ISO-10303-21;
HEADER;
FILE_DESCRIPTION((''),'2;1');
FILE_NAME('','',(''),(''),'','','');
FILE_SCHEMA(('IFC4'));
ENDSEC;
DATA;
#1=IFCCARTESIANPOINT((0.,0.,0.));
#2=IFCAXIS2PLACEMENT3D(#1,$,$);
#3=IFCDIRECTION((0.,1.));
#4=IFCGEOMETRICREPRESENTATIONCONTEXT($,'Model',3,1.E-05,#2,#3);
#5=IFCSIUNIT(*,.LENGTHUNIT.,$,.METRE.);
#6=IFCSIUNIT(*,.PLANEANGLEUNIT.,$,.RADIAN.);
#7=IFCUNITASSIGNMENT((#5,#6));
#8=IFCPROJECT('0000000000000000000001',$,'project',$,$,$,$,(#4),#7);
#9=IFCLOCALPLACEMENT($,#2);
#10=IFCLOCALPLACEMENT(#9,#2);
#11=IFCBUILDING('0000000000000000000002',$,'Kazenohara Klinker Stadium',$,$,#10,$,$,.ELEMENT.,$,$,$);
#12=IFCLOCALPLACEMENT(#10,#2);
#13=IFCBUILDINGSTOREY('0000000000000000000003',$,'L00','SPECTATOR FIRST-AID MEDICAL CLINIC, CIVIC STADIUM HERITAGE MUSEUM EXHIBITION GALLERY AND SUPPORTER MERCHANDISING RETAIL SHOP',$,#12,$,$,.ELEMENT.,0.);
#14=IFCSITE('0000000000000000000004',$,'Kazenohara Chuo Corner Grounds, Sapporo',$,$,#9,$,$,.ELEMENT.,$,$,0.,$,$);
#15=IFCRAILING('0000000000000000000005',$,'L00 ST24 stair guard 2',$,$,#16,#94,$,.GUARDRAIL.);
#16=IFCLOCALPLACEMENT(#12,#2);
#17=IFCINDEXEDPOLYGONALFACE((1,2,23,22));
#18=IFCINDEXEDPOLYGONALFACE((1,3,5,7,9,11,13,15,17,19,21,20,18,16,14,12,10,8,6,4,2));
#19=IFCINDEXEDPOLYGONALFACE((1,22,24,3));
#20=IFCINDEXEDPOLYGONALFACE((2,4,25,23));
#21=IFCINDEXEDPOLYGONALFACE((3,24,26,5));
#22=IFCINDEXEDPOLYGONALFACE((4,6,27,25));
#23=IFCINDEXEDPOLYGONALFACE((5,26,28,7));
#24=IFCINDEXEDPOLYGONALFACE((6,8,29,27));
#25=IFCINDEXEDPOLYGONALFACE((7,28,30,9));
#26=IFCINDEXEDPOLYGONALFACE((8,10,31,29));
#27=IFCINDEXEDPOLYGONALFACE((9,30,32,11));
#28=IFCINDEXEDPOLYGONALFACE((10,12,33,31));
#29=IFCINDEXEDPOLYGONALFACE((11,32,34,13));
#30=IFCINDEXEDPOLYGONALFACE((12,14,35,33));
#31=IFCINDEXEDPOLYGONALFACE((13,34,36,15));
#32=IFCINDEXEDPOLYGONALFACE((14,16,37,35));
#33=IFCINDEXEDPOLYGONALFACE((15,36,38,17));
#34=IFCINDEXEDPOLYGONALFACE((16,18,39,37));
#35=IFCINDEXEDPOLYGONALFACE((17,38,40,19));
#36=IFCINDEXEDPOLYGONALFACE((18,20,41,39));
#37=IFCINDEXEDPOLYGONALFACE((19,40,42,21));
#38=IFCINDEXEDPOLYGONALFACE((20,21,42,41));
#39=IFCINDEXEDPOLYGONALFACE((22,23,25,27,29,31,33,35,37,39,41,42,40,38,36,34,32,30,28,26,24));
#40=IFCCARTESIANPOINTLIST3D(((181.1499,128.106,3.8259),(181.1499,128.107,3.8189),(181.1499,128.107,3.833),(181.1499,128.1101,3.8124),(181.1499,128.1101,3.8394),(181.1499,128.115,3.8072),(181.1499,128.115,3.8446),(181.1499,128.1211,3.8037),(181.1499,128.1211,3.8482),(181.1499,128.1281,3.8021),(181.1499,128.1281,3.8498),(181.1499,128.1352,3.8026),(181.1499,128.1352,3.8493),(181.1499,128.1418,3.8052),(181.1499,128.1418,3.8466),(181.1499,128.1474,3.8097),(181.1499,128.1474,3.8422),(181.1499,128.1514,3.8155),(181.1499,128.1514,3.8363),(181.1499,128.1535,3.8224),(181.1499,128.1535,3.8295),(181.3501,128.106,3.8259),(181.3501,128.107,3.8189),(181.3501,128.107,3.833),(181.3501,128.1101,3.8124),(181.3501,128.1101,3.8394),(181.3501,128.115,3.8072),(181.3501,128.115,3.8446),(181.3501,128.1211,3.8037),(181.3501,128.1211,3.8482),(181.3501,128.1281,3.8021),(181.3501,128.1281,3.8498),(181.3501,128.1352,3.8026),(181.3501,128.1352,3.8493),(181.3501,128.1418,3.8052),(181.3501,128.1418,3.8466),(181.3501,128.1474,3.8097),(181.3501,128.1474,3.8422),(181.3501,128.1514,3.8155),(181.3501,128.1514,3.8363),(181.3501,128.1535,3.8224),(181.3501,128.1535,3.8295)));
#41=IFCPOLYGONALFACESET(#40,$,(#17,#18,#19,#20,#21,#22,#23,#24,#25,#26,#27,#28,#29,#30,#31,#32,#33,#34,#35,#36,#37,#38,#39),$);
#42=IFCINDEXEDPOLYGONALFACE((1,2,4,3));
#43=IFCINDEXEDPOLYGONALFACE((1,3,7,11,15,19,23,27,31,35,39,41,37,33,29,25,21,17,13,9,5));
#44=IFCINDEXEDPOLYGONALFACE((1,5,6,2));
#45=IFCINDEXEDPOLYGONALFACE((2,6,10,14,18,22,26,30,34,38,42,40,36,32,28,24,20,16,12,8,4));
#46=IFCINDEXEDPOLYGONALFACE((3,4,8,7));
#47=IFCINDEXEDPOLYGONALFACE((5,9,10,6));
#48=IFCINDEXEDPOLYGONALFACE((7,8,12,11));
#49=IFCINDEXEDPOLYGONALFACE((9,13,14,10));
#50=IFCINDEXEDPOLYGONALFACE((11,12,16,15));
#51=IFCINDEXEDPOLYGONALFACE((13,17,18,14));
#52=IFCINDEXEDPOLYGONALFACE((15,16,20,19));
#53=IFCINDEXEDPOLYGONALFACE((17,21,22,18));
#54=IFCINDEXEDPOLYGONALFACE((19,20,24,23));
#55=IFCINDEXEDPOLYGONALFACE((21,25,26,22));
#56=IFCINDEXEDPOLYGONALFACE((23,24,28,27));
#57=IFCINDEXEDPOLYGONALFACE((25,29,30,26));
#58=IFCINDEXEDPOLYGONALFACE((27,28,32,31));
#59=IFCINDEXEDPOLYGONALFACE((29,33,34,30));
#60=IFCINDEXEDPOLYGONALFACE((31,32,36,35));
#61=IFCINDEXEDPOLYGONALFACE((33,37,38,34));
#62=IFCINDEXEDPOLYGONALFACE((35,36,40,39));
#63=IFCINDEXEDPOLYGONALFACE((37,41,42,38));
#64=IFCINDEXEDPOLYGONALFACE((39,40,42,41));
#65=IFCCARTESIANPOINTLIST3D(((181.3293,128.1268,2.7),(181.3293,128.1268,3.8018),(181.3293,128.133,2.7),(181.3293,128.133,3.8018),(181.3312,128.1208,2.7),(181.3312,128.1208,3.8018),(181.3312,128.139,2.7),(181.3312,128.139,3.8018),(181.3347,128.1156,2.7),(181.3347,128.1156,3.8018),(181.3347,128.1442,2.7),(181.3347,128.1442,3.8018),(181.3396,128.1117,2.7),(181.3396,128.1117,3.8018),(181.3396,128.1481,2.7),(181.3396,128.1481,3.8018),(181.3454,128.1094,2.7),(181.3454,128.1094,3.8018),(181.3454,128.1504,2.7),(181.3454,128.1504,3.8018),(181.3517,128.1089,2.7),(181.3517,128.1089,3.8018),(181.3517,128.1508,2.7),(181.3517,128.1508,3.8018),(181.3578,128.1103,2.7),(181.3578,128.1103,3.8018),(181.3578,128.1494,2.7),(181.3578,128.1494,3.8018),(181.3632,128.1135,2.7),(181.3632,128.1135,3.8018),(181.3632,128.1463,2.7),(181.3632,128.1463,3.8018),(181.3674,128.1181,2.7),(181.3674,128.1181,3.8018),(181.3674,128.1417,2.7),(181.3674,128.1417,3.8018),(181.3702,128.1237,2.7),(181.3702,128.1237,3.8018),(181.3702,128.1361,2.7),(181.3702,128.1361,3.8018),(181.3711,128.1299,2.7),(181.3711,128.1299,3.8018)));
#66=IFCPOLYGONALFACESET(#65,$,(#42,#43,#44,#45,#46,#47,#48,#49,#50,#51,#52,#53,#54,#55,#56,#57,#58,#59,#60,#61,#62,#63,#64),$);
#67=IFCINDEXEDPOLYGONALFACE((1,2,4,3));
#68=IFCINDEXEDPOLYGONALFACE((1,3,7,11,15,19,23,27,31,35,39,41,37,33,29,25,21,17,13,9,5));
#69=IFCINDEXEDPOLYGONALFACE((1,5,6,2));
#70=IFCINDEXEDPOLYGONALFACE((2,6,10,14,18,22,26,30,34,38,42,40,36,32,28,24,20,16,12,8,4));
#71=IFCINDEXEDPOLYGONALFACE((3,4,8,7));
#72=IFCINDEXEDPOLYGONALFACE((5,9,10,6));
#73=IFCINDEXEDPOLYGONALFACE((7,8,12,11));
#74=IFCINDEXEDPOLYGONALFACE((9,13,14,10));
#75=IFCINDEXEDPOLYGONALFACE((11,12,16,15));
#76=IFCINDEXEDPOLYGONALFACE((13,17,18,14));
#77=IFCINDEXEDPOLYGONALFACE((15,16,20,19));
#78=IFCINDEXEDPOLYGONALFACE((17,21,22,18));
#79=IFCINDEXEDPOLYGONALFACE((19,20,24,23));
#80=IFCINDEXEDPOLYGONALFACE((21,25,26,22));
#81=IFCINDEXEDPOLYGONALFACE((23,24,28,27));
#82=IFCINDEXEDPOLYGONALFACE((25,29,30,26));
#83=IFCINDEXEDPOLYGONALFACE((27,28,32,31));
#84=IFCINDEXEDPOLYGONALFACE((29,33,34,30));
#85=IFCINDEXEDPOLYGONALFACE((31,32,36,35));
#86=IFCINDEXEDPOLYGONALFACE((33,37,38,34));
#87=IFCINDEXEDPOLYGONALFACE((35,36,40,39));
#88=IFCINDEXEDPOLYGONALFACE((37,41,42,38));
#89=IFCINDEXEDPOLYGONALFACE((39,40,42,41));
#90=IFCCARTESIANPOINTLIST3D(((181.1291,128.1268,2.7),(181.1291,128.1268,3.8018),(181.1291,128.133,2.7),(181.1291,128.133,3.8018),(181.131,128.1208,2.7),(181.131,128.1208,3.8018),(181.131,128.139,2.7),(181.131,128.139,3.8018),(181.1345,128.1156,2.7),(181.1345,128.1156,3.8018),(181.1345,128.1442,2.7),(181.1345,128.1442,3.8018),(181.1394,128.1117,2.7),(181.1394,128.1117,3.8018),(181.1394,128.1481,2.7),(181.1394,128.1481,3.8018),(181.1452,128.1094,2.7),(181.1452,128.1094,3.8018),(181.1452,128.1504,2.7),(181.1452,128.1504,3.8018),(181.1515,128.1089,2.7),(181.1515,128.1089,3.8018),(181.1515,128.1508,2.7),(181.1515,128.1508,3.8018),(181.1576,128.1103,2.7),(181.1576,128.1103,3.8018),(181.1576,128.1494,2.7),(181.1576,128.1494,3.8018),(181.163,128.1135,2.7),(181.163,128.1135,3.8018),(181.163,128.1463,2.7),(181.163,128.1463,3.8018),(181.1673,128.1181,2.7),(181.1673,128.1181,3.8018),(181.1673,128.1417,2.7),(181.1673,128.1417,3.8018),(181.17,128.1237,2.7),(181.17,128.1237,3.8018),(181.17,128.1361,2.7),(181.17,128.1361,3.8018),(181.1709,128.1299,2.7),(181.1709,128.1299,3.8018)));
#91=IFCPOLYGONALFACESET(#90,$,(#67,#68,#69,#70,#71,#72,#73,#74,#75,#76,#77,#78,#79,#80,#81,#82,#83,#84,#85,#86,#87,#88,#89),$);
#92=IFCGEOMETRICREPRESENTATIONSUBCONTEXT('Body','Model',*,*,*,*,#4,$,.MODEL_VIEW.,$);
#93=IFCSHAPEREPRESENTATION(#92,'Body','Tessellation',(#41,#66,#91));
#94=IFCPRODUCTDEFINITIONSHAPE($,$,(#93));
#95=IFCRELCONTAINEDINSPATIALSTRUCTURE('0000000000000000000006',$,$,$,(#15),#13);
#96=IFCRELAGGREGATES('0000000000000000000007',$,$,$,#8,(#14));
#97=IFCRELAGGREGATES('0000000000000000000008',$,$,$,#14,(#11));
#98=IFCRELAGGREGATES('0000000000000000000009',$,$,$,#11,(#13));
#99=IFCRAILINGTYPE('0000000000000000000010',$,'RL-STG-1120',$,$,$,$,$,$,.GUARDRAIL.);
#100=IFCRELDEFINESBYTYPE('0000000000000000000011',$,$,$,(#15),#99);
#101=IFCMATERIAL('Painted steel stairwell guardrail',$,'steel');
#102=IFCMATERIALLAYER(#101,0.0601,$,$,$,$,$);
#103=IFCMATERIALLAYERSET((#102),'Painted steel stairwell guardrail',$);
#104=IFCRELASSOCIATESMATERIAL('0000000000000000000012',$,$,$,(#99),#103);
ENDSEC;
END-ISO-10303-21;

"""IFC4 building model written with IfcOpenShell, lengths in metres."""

from ifc_helpers import new_model, si_unit, direction, frame, origin, origin_2d, place, context, subcontext, project, spatial, circle, extrude, material, layer, layer_set, type_object, element, save


model = new_model("IFC4")

# Units and contexts
model_context = context("Model", 3, precision=1e-05, world=origin(), true_north=direction((0.0, 1.0)))
body_context = subcontext(model_context, "Body", "Model", "MODEL_VIEW")
ifc_project = project(units=[si_unit("LENGTHUNIT", "METRE"), si_unit("PLANEANGLEUNIT", "RADIAN")], contexts=[model_context])

# Site, building, storey
site_placement = place(None, origin())
site = spatial("IfcSite", under=ifc_project, at=site_placement, Name="Kazenohara Chuo Corner Grounds, Sapporo", CompositionType="ELEMENT", RefElevation=0.0)
building_placement = place(site_placement, origin())
building = spatial("IfcBuilding", under=site, at=building_placement, Name="Kazenohara Klinker Stadium", CompositionType="ELEMENT")
storey_placement = place(building_placement, origin())
storey = spatial("IfcBuildingStorey", under=building, at=storey_placement, Name="L00", Description="SPECTATOR FIRST-AID MEDICAL CLINIC, CIVIC STADIUM HERITAGE MUSEUM EXHIBITION GALLERY AND SUPPORTER MERCHANDISING RETAIL SHOP", CompositionType="ELEMENT", Elevation=0.0)

# Railing
ifc_material_1 = material(Name="Painted steel stairwell guardrail", Category="steel")
ifc_layer_1 = layer(ifc_material_1, 0.0601)
ifc_layer_set_1 = layer_set([ifc_layer_1], Name="Painted steel stairwell guardrail")
railing_type_1 = type_object("IfcRailingType", Name="RL-STG-1120", PredefinedType="GUARDRAIL", material=ifc_layer_set_1)
railing_1_placement = place(storey_placement, frame((181.3501, 128.1299, 2.7)))
element("IfcRailing", 1, at=railing_1_placement, inside=storey, type_object=railing_type_1, Name="L00 ST24 stair guard 2", PredefinedType="GUARDRAIL", context=body_context, shape_type="SweptSolid", body=[
    extrude(circle(Radius=0.0239, at=origin_2d()), frame((0.0, 0.0, 1.126), z_axis=(-1.0, 0.0, 0.0), x_axis=(0.0, -1.0, 0.0)), (0.0, 0.0, 1.0), 0.2002),
    extrude(circle(Radius=0.021, at=origin_2d()), origin(), (0.0, 0.0, 1.0), 1.1018),
    extrude(circle(Radius=0.021, at=origin_2d()), frame((-0.2002, 0.0, 0.0)), (0.0, 0.0, 1.0), 1.1018),
])

save(model, "model.ifc")
